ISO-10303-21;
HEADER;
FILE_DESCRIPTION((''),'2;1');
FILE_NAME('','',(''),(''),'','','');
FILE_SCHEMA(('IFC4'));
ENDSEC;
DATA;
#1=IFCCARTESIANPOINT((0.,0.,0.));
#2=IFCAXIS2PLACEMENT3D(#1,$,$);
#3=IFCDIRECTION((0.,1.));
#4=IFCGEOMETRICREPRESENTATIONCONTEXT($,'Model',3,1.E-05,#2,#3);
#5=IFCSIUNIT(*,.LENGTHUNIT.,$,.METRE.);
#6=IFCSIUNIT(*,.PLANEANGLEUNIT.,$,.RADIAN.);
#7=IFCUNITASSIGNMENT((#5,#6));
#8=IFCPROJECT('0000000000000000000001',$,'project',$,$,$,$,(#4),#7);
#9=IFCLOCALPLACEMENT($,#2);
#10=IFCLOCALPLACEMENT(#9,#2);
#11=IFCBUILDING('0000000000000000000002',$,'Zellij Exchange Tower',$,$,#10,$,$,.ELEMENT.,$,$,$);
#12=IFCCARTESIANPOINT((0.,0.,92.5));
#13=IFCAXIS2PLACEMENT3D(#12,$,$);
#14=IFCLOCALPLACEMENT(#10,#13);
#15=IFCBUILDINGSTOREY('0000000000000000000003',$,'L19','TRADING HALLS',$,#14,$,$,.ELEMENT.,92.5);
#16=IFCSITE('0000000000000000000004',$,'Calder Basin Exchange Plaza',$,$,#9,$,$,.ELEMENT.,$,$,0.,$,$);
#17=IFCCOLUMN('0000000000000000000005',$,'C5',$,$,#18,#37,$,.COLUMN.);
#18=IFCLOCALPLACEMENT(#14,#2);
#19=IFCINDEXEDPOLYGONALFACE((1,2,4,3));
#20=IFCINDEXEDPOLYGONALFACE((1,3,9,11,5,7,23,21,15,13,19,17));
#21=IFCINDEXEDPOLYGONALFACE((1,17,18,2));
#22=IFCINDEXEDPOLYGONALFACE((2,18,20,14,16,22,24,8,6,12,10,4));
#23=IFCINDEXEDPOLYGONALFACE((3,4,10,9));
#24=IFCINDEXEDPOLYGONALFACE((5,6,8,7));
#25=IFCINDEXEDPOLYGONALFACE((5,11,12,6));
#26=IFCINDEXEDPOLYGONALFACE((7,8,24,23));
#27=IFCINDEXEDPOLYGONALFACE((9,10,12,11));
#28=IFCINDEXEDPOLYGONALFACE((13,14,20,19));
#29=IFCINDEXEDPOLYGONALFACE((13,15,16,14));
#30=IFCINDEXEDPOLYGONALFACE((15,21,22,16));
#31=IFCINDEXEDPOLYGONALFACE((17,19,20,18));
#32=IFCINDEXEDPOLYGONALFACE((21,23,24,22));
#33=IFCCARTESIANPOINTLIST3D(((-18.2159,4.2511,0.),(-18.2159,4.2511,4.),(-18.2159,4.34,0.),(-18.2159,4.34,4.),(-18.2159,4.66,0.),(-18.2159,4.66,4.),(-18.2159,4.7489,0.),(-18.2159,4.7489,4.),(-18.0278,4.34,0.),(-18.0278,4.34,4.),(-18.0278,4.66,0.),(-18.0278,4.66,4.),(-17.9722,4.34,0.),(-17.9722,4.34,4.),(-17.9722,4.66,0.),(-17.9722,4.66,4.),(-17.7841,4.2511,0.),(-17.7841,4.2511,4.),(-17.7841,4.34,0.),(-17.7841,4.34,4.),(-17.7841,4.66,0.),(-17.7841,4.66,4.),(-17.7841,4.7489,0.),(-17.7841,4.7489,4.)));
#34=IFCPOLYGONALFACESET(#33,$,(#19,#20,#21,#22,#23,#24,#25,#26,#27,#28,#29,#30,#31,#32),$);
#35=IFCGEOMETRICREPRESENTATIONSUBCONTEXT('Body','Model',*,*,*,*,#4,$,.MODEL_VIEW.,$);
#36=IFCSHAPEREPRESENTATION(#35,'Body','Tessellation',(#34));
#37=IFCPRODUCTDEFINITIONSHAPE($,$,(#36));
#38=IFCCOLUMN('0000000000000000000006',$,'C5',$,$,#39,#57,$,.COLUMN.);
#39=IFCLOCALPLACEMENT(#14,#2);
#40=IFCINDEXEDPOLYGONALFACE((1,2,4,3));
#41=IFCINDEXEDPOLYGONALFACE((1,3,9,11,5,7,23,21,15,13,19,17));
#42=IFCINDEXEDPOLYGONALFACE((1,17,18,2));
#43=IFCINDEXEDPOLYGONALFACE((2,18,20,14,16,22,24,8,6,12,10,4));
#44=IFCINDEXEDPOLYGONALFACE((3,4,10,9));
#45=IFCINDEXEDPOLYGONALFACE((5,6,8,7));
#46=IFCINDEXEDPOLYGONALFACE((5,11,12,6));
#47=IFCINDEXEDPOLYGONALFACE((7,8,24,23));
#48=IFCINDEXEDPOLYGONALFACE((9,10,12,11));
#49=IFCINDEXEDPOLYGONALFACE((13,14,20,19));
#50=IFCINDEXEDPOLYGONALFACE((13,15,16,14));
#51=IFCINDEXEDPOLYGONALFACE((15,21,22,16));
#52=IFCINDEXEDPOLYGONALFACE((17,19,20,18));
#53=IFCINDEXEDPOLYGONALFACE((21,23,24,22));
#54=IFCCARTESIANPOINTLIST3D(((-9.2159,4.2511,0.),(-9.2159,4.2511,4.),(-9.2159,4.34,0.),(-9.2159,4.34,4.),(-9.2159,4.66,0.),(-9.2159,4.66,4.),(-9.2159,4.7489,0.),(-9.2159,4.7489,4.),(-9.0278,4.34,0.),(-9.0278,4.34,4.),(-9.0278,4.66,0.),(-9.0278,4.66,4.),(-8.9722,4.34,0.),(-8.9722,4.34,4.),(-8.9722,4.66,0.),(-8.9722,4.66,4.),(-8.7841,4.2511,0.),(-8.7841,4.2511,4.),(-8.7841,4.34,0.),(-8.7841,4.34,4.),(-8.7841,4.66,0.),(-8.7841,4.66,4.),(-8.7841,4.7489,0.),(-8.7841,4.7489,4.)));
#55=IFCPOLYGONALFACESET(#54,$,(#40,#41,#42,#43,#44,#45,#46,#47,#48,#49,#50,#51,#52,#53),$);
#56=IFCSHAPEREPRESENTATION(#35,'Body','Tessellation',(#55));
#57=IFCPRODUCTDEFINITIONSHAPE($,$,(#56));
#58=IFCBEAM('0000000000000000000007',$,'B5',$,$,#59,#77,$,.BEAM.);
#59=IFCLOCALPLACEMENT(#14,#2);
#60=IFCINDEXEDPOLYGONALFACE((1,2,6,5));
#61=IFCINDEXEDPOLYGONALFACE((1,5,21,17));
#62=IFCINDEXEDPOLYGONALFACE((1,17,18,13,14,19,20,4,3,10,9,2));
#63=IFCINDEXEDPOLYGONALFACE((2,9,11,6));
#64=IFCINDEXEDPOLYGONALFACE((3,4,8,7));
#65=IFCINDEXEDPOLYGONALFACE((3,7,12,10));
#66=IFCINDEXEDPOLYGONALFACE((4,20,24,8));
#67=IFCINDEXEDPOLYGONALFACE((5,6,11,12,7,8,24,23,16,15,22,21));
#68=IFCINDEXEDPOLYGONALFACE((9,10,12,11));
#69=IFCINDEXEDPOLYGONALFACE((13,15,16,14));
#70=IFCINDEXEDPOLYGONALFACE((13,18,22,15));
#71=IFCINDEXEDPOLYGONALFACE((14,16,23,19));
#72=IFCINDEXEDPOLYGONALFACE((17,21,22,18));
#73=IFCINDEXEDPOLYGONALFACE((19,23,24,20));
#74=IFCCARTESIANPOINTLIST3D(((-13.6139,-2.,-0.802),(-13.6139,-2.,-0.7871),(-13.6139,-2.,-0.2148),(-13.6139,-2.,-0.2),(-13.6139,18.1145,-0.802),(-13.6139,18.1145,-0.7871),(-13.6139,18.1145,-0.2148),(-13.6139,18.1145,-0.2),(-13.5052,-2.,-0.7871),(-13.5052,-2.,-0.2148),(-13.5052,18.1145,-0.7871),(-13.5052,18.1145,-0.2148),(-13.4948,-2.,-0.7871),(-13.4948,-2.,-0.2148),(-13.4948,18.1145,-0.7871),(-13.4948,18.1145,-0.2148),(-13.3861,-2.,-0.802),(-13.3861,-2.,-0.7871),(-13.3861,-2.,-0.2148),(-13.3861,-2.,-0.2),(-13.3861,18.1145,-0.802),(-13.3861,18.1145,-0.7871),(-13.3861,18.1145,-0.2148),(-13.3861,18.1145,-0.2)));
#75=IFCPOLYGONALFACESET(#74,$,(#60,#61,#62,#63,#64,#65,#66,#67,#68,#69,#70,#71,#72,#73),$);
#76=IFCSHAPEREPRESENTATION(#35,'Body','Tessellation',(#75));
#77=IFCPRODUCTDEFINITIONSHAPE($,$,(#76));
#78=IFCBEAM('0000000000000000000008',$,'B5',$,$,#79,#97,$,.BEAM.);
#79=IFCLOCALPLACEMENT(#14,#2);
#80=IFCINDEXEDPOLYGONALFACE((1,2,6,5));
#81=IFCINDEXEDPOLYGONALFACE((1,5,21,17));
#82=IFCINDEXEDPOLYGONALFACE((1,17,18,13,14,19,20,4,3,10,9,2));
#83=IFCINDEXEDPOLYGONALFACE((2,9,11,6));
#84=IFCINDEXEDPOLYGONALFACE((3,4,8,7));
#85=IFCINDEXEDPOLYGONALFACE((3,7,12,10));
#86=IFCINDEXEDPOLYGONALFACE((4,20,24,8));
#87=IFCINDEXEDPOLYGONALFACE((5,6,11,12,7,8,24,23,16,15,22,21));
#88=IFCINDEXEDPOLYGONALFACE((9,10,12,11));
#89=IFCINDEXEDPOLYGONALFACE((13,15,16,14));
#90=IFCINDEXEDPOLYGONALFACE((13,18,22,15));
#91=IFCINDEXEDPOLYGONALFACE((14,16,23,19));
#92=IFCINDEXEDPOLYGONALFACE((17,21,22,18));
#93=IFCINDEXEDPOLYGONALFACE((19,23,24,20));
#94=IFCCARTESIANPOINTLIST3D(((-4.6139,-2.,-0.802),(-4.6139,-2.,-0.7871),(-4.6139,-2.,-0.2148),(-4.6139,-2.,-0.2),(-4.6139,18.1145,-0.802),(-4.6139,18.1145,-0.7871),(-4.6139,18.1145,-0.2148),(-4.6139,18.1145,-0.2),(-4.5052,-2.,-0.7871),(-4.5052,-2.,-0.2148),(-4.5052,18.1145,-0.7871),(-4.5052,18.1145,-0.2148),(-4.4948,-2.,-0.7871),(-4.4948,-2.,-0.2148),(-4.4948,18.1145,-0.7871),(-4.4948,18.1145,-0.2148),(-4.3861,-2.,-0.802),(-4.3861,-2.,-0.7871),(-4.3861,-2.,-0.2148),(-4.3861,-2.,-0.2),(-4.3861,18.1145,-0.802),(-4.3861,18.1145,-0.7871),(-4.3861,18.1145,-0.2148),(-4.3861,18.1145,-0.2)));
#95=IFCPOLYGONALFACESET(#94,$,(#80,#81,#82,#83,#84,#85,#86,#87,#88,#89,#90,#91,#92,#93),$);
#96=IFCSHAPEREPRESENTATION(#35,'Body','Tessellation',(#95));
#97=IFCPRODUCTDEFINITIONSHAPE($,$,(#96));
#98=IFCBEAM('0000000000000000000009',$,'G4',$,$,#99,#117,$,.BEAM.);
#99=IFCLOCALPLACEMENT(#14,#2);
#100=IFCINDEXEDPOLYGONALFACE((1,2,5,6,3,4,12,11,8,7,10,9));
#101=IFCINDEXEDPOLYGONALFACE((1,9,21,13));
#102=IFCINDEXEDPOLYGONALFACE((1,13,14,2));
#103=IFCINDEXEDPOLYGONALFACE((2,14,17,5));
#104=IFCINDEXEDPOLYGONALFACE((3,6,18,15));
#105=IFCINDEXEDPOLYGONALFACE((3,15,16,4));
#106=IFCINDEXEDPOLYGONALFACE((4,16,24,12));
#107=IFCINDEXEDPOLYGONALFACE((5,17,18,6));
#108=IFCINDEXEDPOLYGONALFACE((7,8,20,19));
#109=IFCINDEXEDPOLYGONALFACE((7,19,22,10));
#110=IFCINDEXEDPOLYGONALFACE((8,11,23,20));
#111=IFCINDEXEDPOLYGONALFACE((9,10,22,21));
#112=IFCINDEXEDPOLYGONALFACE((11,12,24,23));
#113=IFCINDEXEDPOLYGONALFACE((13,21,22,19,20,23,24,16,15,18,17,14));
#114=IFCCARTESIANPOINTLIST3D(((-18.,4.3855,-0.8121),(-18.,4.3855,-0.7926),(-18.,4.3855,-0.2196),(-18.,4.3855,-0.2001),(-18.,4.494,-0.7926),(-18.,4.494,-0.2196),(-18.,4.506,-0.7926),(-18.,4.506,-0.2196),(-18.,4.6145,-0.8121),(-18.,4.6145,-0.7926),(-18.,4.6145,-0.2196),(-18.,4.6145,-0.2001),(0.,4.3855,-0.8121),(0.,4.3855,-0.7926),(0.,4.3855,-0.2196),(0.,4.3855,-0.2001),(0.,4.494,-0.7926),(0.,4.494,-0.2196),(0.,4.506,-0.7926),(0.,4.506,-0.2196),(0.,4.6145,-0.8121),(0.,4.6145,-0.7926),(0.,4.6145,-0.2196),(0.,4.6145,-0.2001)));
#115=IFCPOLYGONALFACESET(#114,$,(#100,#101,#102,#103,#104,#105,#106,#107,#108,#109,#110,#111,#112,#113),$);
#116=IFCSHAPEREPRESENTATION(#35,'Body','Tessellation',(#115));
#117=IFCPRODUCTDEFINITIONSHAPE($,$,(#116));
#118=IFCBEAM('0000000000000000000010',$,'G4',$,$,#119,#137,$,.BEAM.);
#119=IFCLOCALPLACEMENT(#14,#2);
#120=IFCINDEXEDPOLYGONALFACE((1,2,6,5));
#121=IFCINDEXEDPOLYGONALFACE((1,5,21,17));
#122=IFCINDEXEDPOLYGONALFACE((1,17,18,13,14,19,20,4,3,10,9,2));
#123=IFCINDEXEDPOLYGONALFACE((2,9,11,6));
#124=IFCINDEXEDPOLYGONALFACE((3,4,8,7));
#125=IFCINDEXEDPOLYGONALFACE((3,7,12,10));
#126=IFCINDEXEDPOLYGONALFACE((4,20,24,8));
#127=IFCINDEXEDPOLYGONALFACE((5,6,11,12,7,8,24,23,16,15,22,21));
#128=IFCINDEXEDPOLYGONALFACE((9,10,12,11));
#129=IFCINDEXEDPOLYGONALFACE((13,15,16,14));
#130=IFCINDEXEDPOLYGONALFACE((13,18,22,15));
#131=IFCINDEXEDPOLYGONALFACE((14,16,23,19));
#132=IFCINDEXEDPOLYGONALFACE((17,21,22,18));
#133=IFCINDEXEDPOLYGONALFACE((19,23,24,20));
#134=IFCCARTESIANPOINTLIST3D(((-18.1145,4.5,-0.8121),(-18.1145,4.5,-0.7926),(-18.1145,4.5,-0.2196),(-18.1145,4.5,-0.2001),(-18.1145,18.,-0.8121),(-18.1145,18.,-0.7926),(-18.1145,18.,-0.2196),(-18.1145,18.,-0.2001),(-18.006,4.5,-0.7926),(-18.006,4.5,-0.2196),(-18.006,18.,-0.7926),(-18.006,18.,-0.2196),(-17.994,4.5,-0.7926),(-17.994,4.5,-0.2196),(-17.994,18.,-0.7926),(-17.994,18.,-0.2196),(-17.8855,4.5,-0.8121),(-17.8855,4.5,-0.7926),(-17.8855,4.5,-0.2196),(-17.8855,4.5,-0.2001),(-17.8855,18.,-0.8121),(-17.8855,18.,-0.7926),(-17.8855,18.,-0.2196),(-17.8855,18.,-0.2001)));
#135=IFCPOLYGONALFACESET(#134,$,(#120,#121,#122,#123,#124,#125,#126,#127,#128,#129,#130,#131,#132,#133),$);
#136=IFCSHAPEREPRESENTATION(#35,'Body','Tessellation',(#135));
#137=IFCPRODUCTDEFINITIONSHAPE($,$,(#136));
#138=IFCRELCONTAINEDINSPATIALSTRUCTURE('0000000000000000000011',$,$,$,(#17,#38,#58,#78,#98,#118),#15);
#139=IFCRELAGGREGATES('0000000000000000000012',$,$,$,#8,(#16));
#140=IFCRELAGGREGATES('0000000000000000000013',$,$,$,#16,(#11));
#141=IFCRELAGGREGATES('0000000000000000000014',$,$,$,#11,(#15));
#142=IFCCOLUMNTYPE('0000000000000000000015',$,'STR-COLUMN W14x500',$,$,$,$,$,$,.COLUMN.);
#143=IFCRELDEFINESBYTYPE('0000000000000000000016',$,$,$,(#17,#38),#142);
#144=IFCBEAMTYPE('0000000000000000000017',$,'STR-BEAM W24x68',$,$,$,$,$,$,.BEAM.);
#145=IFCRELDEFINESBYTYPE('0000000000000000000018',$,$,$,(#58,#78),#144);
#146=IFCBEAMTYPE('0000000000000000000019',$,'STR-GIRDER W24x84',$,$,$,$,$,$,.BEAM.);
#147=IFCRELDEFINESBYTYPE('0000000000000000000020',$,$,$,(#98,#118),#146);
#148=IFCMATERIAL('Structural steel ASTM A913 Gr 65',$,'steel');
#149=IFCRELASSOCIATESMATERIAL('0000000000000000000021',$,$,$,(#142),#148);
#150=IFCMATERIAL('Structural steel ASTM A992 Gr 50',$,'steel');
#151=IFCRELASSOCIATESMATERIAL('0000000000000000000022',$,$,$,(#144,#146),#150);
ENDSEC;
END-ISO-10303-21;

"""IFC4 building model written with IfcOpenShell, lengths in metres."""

from ifc_helpers import new_model, si_unit, direction, frame, origin, origin_2d, place, context, subcontext, project, spatial, i_section, extrude, material, material_profile, profile_set, type_object, element, save


model = new_model("IFC4")

# Units and contexts
model_context = context("Model", 3, precision=1e-05, world=origin(), true_north=direction((0.0, 1.0)))
body_context = subcontext(model_context, "Body", "Model", "MODEL_VIEW")
ifc_project = project(units=[si_unit("LENGTHUNIT", "METRE"), si_unit("PLANEANGLEUNIT", "RADIAN")], contexts=[model_context])

# Site, building, storey
site_placement = place(None, origin())
site = spatial("IfcSite", under=ifc_project, at=site_placement, Name="Calder Basin Exchange Plaza", CompositionType="ELEMENT", RefElevation=0.0)
building_placement = place(site_placement, origin())
building = spatial("IfcBuilding", under=site, at=building_placement, Name="Zellij Exchange Tower", CompositionType="ELEMENT")
storey_placement = place(building_placement, frame((0.0, 0.0, 92.5)))
storey = spatial("IfcBuildingStorey", under=building, at=storey_placement, Name="L19", Description="TRADING HALLS", CompositionType="ELEMENT", Elevation=92.5)

# Columns
ifc_material_1 = material(Name="Structural steel ASTM A913 Gr 65", Category="steel")
ifc_material_profile_1 = material_profile(ifc_material_1, i_section(OverallWidth=0.4319, OverallDepth=0.4978, WebThickness=0.0557, FlangeThickness=0.0889, at=origin_2d()), Name="W14x500")
ifc_profile_set_1 = profile_set([ifc_material_profile_1], Name="Structural steel ASTM A913 Gr 65")
column_type = type_object("IfcColumnType", Name="STR-COLUMN W14x500", PredefinedType="COLUMN", material=ifc_profile_set_1)
for number, where, z_axis, x_axis, name in (
    (1, (-18.0, 4.5, 0.0), (0.0, 0.0, 1.0), (1.0, 0.0, 0.0), "C5"),
    (2, (-9.0, 4.5, 0.0), (0.0, 0.0, 1.0), (1.0, 0.0, 0.0), "C5"),
):
    element("IfcColumn", number, at=place(storey_placement, frame(where, z_axis=z_axis, x_axis=x_axis)), inside=storey, type_object=column_type, Name=name, PredefinedType="COLUMN", context=body_context, shape_type="SweptSolid", body=[
        extrude(i_section(OverallWidth=0.4319, OverallDepth=0.4978, WebThickness=0.0557, FlangeThickness=0.0889, at=origin_2d()), origin(), (0.0, 0.0, 1.0), 4.0),
    ])

# Beams
ifc_material_2 = material(Name="Structural steel ASTM A992 Gr 50", Category="steel")
ifc_material_profile_2 = material_profile(ifc_material_2, i_section(OverallWidth=0.2278, OverallDepth=0.6021, WebThickness=0.0105, FlangeThickness=0.0149, at=origin_2d()), Name="W24x68")
ifc_profile_set_2 = profile_set([ifc_material_profile_2], Name="Structural steel ASTM A992 Gr 50")
beam_type_1 = type_object("IfcBeamType", Name="STR-BEAM W24x68", PredefinedType="BEAM", material=ifc_profile_set_2)
for number, where, z_axis, x_axis, name in (
    (3, (-13.5, -2.0, -0.501), (0.0, 1.0, 0.0), (-1.0, 0.0, 0.0), "B5"),
    (4, (-4.5, -2.0, -0.501), (0.0, 1.0, 0.0), (-1.0, 0.0, 0.0), "B5"),
):
    element("IfcBeam", number, at=place(storey_placement, frame(where, z_axis=z_axis, x_axis=x_axis)), inside=storey, type_object=beam_type_1, Name=name, PredefinedType="BEAM", context=body_context, shape_type="SweptSolid", body=[
        extrude(i_section(OverallWidth=0.2278, OverallDepth=0.6021, WebThickness=0.0105, FlangeThickness=0.0149, at=origin_2d()), origin(), (0.0, 0.0, 1.0), 20.1145),
    ])
ifc_material_profile_3 = material_profile(ifc_material_2, i_section(OverallWidth=0.229, OverallDepth=0.6121, WebThickness=0.012, FlangeThickness=0.0195, at=origin_2d()), Name="W24x84")
ifc_profile_set_3 = profile_set([ifc_material_profile_3], Name="Structural steel ASTM A992 Gr 50")
beam_type_2 = type_object("IfcBeamType", Name="STR-GIRDER W24x84", PredefinedType="BEAM", material=ifc_profile_set_3)
beam_1_placement = place(storey_placement, frame((-18.0, 4.5, -0.5061), z_axis=(1.0, 0.0, 0.0), x_axis=(0.0, 1.0, 0.0)))
element("IfcBeam", 5, at=beam_1_placement, inside=storey, type_object=beam_type_2, Name="G4", PredefinedType="BEAM", context=body_context, shape_type="SweptSolid", body=[
    extrude(i_section(OverallWidth=0.229, OverallDepth=0.6121, WebThickness=0.012, FlangeThickness=0.0195, at=origin_2d()), origin(), (0.0, 0.0, 1.0), 18.0),
])
beam_2_placement = place(storey_placement, frame((-18.0, 4.5, -0.5061), z_axis=(0.0, 1.0, 0.0), x_axis=(-1.0, 0.0, 0.0)))
element("IfcBeam", 6, at=beam_2_placement, inside=storey, type_object=beam_type_2, Name="G4", PredefinedType="BEAM", context=body_context, shape_type="SweptSolid", body=[
    extrude(i_section(OverallWidth=0.229, OverallDepth=0.6121, WebThickness=0.012, FlangeThickness=0.0195, at=origin_2d()), origin(), (0.0, 0.0, 1.0), 13.5),
])

save(model, "model.ifc")
